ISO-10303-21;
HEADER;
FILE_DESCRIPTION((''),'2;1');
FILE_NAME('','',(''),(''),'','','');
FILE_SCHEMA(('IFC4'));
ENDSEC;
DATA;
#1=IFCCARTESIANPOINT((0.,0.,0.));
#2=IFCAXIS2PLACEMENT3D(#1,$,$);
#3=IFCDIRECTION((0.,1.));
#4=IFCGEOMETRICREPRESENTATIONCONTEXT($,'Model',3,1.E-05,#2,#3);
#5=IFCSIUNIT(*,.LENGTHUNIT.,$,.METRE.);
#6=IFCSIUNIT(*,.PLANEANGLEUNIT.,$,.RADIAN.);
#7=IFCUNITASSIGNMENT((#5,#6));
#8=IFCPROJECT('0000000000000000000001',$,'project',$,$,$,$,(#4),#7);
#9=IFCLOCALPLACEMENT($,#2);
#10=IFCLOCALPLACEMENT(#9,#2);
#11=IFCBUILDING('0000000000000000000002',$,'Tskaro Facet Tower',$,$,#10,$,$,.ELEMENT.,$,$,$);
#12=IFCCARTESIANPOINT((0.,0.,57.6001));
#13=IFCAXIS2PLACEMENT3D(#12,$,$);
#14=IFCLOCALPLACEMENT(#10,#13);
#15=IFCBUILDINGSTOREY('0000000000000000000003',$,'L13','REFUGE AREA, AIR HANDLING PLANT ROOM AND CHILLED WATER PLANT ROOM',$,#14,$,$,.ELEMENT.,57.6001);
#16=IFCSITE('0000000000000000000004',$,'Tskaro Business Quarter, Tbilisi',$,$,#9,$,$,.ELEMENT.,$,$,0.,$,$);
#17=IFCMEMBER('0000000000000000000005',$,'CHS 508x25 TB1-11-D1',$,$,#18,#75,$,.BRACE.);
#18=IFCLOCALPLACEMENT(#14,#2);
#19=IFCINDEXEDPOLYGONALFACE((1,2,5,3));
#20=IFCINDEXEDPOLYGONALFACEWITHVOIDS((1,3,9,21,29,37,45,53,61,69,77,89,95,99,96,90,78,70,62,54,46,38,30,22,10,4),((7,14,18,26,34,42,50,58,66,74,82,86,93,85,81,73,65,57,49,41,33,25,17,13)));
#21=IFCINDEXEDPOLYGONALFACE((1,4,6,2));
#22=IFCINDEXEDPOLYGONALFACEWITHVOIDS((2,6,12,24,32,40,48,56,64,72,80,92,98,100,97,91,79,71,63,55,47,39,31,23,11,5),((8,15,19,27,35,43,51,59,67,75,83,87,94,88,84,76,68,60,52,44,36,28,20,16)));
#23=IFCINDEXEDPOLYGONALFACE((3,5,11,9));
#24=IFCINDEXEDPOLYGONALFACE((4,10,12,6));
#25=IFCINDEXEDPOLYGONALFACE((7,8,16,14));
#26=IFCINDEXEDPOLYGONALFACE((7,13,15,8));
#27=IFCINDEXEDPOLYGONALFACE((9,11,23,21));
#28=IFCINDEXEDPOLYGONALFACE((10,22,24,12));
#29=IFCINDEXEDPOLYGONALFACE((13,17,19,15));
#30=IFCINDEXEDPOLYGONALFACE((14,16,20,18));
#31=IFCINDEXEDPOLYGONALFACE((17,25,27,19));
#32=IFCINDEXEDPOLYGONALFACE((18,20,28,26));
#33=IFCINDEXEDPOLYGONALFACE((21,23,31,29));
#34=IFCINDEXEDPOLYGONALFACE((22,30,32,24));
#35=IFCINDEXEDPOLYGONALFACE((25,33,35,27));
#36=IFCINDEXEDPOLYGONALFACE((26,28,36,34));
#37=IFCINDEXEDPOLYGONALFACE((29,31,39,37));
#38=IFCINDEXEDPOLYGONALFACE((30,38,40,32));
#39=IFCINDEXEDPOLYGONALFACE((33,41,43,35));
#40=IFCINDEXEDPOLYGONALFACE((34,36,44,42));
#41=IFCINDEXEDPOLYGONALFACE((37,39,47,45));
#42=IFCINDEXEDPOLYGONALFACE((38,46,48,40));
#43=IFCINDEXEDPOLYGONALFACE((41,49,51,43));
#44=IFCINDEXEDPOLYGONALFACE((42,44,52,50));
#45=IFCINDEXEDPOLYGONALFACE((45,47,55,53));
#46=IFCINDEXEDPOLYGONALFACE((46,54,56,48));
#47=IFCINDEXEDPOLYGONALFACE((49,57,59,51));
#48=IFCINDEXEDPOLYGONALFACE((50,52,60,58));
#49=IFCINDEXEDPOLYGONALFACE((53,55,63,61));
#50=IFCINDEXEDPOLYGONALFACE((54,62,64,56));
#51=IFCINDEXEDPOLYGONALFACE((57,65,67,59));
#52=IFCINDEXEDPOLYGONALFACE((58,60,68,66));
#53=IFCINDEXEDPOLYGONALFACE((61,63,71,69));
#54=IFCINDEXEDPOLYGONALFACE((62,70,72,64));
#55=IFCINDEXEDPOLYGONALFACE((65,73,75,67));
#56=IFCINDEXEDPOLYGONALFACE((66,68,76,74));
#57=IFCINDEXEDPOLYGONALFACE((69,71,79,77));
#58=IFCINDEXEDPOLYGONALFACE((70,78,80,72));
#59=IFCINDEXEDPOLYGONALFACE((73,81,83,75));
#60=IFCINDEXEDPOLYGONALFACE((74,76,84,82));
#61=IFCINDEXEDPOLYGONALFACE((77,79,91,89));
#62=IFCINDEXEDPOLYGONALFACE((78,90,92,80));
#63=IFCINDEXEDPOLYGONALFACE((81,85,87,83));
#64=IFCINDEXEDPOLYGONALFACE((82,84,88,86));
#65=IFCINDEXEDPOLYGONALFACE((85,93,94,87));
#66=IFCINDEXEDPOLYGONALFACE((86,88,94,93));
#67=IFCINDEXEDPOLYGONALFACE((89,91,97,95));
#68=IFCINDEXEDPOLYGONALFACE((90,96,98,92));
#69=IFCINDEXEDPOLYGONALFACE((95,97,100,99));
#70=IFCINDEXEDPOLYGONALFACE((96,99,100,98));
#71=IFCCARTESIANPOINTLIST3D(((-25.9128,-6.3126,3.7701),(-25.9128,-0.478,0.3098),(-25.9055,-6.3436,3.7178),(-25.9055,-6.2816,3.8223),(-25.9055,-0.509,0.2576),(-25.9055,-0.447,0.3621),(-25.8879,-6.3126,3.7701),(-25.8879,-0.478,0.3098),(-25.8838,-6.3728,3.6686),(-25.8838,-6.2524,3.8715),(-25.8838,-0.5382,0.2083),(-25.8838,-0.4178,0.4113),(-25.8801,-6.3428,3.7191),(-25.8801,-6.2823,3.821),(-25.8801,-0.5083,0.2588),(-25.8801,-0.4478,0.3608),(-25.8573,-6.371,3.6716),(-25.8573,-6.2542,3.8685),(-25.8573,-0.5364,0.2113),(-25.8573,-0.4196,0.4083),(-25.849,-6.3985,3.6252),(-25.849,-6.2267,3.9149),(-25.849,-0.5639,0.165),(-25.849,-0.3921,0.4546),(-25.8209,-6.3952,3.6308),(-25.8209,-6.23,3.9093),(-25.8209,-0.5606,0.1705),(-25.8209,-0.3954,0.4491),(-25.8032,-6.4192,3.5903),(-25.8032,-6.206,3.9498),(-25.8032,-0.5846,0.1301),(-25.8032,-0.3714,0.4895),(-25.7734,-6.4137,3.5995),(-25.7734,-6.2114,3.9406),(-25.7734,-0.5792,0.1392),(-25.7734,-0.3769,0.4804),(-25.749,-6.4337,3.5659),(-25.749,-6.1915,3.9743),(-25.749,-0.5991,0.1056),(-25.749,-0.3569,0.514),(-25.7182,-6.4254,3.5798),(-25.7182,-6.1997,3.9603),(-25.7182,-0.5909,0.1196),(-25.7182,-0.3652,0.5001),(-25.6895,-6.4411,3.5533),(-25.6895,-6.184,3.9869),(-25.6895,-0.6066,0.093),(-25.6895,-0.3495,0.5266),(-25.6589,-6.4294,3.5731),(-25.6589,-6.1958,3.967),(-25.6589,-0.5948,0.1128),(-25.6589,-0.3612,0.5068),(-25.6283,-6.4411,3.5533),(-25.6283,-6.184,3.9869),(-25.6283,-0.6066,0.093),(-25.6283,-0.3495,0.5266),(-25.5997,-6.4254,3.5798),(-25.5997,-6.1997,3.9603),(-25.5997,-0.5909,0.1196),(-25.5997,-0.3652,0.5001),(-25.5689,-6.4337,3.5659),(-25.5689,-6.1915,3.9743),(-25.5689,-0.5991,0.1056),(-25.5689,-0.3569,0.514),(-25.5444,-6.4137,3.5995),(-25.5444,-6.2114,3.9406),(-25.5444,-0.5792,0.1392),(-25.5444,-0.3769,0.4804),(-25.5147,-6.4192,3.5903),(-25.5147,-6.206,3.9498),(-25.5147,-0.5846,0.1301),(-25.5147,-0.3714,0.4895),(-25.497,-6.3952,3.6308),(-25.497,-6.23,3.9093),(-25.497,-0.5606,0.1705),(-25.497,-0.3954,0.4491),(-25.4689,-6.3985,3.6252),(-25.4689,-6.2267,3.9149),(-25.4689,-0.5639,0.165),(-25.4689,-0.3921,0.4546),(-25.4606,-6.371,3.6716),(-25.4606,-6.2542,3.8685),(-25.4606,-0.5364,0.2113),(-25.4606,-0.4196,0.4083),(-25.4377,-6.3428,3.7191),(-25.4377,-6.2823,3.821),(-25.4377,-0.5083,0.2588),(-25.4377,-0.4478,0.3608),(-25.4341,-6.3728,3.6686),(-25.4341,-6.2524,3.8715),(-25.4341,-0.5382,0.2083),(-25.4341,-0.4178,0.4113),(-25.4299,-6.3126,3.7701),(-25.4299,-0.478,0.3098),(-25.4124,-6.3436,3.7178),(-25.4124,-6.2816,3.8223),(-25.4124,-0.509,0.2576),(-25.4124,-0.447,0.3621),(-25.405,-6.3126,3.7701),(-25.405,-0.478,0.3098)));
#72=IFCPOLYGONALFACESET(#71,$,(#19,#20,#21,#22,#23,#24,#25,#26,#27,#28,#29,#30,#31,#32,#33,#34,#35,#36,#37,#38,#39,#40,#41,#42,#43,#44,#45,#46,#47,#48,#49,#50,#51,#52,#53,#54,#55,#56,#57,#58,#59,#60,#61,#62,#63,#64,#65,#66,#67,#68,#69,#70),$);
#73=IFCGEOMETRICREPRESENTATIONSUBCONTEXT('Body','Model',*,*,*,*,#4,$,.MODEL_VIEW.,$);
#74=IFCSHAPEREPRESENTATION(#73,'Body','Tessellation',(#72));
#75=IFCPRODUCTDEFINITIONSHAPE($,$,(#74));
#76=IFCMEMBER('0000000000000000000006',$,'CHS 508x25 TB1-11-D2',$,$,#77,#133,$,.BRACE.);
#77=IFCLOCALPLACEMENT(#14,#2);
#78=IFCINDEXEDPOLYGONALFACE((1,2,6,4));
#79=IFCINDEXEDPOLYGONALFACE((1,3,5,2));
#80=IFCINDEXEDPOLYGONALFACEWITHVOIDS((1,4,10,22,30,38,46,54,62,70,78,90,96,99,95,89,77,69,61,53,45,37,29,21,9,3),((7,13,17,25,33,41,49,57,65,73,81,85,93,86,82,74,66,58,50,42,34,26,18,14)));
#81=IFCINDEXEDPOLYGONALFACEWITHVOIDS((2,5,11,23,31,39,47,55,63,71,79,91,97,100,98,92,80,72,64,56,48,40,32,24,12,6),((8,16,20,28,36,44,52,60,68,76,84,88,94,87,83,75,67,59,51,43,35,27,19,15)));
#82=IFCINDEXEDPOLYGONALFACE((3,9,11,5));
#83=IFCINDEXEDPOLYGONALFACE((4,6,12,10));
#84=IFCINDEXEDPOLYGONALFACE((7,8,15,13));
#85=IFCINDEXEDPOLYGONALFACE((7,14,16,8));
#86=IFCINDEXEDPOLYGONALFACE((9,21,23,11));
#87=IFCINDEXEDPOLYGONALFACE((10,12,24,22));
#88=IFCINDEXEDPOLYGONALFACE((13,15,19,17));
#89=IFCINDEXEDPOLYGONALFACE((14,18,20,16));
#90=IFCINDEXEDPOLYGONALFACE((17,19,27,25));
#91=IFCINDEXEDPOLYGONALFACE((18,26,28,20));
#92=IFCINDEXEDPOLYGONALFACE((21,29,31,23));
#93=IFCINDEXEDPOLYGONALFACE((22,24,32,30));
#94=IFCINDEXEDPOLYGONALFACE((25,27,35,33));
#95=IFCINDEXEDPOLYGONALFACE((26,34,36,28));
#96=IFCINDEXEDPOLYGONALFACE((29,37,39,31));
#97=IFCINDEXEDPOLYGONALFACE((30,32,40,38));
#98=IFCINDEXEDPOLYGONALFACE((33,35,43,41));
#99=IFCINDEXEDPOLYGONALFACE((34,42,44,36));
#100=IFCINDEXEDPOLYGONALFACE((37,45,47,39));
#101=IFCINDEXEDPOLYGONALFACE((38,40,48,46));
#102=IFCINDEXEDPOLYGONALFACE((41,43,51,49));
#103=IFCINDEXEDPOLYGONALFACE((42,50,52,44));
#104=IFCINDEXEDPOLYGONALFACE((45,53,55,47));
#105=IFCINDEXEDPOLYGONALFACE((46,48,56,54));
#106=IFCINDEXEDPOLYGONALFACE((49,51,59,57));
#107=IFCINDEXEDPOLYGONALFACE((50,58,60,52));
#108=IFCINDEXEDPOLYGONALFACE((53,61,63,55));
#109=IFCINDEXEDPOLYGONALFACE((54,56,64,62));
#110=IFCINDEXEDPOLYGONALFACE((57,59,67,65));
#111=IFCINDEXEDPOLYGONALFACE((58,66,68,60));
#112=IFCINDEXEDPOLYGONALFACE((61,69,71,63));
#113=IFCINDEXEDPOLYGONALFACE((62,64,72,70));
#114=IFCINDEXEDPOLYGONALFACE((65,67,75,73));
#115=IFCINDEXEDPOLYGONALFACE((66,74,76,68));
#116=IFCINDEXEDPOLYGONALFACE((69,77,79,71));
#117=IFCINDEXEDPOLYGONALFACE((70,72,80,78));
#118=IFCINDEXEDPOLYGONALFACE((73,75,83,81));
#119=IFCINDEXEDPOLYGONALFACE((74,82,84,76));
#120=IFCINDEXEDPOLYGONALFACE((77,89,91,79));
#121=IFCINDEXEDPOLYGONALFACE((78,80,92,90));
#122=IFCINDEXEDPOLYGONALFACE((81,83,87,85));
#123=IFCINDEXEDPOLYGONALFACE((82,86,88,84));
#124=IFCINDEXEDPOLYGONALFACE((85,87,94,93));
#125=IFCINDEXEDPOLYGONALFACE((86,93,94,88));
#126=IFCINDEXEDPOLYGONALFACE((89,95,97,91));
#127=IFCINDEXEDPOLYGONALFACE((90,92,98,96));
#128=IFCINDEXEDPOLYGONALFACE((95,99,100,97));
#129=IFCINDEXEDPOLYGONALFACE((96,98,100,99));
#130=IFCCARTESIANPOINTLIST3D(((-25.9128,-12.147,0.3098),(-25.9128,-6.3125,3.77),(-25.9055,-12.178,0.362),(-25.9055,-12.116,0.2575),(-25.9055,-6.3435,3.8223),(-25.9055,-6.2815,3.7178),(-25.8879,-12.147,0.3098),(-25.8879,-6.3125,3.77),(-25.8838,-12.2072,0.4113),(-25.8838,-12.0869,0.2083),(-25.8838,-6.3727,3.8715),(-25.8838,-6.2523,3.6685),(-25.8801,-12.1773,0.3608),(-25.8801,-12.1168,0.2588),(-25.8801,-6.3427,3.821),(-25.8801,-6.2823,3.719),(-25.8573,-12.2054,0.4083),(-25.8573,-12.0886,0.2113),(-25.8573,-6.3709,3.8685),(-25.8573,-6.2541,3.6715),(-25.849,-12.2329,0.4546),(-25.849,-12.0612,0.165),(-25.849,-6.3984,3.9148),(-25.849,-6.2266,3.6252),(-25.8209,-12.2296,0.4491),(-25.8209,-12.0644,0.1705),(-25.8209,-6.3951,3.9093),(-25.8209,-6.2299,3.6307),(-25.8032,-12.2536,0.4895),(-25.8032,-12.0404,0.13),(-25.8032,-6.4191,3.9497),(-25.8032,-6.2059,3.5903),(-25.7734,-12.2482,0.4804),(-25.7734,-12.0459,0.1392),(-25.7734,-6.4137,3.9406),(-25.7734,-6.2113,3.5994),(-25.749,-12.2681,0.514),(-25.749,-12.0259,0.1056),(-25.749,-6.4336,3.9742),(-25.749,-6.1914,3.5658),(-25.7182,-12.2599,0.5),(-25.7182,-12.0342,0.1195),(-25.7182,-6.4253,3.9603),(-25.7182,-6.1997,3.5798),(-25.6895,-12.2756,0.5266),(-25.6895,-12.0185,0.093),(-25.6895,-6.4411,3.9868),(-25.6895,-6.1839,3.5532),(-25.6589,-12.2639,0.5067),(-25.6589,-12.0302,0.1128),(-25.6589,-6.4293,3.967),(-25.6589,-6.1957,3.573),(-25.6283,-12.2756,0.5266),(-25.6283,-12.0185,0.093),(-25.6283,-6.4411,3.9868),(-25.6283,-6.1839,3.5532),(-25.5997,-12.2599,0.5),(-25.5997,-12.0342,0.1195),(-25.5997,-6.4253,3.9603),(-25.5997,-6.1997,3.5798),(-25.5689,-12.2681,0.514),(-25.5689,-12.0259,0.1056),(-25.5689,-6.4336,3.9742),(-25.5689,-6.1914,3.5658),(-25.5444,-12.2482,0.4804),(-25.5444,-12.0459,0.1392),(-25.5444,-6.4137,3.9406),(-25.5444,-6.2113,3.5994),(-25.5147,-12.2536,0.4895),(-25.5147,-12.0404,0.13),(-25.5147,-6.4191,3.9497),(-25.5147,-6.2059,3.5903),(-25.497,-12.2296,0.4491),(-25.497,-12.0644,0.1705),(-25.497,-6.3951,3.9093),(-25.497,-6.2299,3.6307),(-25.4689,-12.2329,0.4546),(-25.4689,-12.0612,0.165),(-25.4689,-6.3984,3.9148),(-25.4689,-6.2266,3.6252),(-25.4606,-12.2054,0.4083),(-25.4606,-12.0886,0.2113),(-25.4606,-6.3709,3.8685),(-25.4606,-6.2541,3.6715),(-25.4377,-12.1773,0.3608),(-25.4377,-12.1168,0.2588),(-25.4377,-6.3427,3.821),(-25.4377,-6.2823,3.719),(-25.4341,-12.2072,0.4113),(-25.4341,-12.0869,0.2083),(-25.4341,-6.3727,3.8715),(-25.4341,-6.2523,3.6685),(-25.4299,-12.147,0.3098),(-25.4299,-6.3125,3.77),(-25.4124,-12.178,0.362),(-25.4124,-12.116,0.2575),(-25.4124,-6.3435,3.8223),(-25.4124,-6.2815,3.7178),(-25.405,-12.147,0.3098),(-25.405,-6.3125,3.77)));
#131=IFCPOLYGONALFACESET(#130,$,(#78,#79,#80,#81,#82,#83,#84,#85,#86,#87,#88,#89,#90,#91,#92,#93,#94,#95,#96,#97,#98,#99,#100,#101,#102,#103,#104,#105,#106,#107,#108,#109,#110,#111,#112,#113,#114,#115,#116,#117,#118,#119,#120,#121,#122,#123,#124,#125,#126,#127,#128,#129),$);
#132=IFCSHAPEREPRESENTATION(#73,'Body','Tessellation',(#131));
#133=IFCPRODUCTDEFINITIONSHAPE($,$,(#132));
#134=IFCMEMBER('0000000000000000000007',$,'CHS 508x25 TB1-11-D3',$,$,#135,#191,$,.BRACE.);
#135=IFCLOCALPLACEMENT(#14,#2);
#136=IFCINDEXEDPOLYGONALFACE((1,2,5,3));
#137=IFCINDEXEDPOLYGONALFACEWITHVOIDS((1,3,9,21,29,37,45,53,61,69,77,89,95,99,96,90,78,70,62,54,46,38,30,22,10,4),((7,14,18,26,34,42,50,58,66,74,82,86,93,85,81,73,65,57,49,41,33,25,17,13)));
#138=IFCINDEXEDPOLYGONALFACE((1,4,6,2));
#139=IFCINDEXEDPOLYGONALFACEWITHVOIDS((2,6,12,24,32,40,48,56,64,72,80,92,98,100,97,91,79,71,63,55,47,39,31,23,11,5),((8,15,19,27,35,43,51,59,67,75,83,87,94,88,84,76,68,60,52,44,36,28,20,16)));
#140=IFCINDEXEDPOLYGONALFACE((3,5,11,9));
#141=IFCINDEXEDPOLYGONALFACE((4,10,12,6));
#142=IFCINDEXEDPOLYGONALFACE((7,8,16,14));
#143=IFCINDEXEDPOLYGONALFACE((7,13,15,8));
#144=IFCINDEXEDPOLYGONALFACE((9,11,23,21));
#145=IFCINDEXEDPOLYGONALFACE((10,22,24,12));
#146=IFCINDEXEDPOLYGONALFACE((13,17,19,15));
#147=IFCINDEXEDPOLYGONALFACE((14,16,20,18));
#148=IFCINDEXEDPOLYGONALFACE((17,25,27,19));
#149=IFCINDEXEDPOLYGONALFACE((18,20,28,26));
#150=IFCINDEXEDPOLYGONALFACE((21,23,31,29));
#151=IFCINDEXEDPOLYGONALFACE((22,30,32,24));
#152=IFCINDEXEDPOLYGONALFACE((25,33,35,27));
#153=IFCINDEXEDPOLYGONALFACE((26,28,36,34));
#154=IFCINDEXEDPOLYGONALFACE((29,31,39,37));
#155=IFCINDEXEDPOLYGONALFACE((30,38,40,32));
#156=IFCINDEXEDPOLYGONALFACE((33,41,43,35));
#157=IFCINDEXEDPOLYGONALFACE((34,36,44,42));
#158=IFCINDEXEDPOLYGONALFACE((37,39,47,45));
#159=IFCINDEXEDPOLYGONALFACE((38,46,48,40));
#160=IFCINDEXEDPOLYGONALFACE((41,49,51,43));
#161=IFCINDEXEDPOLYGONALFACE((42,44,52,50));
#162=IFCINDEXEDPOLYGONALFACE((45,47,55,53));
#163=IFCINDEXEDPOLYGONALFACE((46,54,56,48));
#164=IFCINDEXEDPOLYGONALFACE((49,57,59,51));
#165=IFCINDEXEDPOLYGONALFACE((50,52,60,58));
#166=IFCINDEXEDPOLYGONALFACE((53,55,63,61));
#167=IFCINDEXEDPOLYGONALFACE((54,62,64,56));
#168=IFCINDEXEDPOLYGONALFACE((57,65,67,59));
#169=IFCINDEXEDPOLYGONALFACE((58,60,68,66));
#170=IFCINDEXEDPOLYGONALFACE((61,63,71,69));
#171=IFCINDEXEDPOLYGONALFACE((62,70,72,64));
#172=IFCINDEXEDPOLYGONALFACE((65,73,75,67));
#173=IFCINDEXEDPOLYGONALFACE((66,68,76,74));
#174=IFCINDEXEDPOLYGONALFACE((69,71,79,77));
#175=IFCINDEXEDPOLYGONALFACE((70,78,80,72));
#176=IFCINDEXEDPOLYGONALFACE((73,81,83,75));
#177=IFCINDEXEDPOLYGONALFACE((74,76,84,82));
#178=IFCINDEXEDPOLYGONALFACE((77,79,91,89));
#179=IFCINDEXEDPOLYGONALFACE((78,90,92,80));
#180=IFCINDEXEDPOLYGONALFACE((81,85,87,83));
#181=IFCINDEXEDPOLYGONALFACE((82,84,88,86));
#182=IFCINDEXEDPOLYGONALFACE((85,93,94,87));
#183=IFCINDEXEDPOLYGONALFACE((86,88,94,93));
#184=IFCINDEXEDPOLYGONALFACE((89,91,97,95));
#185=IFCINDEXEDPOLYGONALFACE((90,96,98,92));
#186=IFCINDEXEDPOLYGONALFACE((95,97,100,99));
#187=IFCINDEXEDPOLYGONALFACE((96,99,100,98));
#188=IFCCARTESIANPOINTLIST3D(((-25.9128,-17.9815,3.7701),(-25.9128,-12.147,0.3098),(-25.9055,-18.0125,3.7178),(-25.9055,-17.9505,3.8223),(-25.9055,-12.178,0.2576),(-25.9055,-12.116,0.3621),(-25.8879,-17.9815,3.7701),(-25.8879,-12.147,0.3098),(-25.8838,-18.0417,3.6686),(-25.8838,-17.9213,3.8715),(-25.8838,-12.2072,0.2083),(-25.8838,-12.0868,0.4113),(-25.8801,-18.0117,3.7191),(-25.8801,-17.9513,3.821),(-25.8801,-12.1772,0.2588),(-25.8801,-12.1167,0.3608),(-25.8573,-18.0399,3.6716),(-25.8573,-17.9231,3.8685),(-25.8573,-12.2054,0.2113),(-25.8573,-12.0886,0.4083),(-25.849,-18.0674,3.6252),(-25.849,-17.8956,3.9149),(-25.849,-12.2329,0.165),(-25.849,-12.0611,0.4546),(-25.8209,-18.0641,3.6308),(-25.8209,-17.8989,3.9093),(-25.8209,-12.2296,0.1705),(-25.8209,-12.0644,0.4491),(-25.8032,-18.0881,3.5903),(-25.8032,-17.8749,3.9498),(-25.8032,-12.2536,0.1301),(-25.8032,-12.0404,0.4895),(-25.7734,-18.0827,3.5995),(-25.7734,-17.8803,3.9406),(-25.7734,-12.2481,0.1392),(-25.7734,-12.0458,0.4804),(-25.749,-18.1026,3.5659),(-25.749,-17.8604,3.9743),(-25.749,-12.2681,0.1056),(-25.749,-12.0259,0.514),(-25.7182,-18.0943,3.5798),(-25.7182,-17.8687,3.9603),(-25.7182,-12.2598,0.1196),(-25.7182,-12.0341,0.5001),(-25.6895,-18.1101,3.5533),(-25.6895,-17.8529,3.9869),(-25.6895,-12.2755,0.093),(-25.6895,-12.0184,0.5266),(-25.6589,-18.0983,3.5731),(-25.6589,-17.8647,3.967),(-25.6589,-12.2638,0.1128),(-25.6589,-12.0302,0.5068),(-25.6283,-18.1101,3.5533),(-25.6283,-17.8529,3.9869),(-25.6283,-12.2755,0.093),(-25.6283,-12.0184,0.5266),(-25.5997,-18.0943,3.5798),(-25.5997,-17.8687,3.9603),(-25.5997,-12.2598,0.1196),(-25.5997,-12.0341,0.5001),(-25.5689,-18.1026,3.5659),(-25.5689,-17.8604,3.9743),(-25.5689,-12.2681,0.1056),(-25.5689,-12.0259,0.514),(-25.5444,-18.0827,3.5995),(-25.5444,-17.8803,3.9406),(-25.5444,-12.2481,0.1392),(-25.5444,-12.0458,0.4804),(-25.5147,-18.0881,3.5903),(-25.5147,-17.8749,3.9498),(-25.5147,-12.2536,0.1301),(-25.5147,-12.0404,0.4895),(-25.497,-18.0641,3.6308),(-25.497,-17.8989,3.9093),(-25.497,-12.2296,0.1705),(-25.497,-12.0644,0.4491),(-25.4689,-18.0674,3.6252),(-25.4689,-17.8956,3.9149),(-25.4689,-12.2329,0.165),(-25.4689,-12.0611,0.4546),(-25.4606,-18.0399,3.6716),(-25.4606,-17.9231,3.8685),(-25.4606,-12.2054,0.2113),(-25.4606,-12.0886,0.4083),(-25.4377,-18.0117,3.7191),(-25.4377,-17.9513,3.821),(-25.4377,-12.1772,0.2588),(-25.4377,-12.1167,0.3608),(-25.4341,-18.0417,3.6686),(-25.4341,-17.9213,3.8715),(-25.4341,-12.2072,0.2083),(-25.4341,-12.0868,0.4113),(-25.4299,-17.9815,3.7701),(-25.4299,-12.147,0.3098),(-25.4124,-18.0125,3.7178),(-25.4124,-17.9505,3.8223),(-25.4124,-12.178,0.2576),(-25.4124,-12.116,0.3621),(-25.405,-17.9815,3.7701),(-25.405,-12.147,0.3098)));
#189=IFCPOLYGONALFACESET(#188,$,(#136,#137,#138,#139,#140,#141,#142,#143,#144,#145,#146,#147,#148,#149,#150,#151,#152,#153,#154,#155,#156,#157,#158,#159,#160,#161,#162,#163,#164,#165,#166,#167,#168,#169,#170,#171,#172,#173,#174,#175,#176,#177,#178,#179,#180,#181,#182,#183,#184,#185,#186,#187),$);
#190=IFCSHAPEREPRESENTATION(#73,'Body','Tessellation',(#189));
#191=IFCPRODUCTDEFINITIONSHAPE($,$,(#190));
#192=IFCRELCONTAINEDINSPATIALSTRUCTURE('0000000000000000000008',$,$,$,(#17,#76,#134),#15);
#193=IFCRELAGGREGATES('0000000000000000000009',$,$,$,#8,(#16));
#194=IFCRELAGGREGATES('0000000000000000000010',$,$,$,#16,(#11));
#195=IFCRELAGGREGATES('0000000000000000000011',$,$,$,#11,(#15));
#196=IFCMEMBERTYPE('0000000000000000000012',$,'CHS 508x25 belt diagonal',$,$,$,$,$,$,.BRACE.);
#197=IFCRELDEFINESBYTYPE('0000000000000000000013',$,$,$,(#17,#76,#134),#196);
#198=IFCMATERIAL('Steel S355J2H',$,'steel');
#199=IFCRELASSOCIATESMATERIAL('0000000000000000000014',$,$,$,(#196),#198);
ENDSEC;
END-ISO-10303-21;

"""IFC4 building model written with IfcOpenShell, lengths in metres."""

from ifc_helpers import new_model, si_unit, direction, frame, origin, origin_2d, place, context, subcontext, project, spatial, hollow_circle, extrude, material, material_profile, profile_set, type_object, element, save


model = new_model("IFC4")

# Units and contexts
model_context = context("Model", 3, precision=1e-05, world=origin(), true_north=direction((0.0, 1.0)))
body_context = subcontext(model_context, "Body", "Model", "MODEL_VIEW")
ifc_project = project(units=[si_unit("LENGTHUNIT", "METRE"), si_unit("PLANEANGLEUNIT", "RADIAN")], contexts=[model_context])

# Site, building, storey
site_placement = place(None, origin())
site = spatial("IfcSite", under=ifc_project, at=site_placement, Name="Tskaro Business Quarter, Tbilisi", CompositionType="ELEMENT", RefElevation=0.0)
building_placement = place(site_placement, origin())
building = spatial("IfcBuilding", under=site, at=building_placement, Name="Tskaro Facet Tower", CompositionType="ELEMENT")
storey_placement = place(building_placement, frame((0.0, 0.0, 57.6001)))
storey = spatial("IfcBuildingStorey", under=building, at=storey_placement, Name="L13", Description="REFUGE AREA, AIR HANDLING PLANT ROOM AND CHILLED WATER PLANT ROOM", CompositionType="ELEMENT", Elevation=57.6001)

# Shared definitions
ifc_material_1 = material(Name="Steel S355J2H", Category="steel")

# Members
ifc_material_profile_1 = material_profile(ifc_material_1, hollow_circle(Radius=0.2539, WallThickness=0.0249, at=origin_2d()), Name="CHS 508x25")
ifc_profile_set_1 = profile_set([ifc_material_profile_1], Name="Steel S355J2H")
member_type_1 = type_object("IfcMemberType", Name="CHS 508x25 belt diagonal", PredefinedType="BRACE", material=ifc_profile_set_1)
for number, where, z_axis, x_axis, name in (
    (1, (-25.6589, -0.478, 0.3098), (0.0, -0.860114, 0.510101), (1.0, 0.0, 0.0), "CHS 508x25 TB1-11-D1"),
    (2, (-25.6589, -6.3125, 3.77), (0.0, -0.860114, -0.510101), (1.0, 0.0, 0.0), "CHS 508x25 TB1-11-D2"),
    (3, (-25.6589, -12.147, 0.3098), (0.0, -0.860114, 0.510101), (1.0, 0.0, 0.0), "CHS 508x25 TB1-11-D3"),
):
    element("IfcMember", number, at=place(storey_placement, frame(where, z_axis=z_axis, x_axis=x_axis)), inside=storey, type_object=member_type_1, Name=name, PredefinedType="BRACE", context=body_context, shape_type="SweptSolid", body=[
        extrude(hollow_circle(Radius=0.2539, WallThickness=0.0249, at=origin_2d()), origin(), (0.0, 0.0, 1.0), 6.7834),
    ])

save(model, "model.ifc")
